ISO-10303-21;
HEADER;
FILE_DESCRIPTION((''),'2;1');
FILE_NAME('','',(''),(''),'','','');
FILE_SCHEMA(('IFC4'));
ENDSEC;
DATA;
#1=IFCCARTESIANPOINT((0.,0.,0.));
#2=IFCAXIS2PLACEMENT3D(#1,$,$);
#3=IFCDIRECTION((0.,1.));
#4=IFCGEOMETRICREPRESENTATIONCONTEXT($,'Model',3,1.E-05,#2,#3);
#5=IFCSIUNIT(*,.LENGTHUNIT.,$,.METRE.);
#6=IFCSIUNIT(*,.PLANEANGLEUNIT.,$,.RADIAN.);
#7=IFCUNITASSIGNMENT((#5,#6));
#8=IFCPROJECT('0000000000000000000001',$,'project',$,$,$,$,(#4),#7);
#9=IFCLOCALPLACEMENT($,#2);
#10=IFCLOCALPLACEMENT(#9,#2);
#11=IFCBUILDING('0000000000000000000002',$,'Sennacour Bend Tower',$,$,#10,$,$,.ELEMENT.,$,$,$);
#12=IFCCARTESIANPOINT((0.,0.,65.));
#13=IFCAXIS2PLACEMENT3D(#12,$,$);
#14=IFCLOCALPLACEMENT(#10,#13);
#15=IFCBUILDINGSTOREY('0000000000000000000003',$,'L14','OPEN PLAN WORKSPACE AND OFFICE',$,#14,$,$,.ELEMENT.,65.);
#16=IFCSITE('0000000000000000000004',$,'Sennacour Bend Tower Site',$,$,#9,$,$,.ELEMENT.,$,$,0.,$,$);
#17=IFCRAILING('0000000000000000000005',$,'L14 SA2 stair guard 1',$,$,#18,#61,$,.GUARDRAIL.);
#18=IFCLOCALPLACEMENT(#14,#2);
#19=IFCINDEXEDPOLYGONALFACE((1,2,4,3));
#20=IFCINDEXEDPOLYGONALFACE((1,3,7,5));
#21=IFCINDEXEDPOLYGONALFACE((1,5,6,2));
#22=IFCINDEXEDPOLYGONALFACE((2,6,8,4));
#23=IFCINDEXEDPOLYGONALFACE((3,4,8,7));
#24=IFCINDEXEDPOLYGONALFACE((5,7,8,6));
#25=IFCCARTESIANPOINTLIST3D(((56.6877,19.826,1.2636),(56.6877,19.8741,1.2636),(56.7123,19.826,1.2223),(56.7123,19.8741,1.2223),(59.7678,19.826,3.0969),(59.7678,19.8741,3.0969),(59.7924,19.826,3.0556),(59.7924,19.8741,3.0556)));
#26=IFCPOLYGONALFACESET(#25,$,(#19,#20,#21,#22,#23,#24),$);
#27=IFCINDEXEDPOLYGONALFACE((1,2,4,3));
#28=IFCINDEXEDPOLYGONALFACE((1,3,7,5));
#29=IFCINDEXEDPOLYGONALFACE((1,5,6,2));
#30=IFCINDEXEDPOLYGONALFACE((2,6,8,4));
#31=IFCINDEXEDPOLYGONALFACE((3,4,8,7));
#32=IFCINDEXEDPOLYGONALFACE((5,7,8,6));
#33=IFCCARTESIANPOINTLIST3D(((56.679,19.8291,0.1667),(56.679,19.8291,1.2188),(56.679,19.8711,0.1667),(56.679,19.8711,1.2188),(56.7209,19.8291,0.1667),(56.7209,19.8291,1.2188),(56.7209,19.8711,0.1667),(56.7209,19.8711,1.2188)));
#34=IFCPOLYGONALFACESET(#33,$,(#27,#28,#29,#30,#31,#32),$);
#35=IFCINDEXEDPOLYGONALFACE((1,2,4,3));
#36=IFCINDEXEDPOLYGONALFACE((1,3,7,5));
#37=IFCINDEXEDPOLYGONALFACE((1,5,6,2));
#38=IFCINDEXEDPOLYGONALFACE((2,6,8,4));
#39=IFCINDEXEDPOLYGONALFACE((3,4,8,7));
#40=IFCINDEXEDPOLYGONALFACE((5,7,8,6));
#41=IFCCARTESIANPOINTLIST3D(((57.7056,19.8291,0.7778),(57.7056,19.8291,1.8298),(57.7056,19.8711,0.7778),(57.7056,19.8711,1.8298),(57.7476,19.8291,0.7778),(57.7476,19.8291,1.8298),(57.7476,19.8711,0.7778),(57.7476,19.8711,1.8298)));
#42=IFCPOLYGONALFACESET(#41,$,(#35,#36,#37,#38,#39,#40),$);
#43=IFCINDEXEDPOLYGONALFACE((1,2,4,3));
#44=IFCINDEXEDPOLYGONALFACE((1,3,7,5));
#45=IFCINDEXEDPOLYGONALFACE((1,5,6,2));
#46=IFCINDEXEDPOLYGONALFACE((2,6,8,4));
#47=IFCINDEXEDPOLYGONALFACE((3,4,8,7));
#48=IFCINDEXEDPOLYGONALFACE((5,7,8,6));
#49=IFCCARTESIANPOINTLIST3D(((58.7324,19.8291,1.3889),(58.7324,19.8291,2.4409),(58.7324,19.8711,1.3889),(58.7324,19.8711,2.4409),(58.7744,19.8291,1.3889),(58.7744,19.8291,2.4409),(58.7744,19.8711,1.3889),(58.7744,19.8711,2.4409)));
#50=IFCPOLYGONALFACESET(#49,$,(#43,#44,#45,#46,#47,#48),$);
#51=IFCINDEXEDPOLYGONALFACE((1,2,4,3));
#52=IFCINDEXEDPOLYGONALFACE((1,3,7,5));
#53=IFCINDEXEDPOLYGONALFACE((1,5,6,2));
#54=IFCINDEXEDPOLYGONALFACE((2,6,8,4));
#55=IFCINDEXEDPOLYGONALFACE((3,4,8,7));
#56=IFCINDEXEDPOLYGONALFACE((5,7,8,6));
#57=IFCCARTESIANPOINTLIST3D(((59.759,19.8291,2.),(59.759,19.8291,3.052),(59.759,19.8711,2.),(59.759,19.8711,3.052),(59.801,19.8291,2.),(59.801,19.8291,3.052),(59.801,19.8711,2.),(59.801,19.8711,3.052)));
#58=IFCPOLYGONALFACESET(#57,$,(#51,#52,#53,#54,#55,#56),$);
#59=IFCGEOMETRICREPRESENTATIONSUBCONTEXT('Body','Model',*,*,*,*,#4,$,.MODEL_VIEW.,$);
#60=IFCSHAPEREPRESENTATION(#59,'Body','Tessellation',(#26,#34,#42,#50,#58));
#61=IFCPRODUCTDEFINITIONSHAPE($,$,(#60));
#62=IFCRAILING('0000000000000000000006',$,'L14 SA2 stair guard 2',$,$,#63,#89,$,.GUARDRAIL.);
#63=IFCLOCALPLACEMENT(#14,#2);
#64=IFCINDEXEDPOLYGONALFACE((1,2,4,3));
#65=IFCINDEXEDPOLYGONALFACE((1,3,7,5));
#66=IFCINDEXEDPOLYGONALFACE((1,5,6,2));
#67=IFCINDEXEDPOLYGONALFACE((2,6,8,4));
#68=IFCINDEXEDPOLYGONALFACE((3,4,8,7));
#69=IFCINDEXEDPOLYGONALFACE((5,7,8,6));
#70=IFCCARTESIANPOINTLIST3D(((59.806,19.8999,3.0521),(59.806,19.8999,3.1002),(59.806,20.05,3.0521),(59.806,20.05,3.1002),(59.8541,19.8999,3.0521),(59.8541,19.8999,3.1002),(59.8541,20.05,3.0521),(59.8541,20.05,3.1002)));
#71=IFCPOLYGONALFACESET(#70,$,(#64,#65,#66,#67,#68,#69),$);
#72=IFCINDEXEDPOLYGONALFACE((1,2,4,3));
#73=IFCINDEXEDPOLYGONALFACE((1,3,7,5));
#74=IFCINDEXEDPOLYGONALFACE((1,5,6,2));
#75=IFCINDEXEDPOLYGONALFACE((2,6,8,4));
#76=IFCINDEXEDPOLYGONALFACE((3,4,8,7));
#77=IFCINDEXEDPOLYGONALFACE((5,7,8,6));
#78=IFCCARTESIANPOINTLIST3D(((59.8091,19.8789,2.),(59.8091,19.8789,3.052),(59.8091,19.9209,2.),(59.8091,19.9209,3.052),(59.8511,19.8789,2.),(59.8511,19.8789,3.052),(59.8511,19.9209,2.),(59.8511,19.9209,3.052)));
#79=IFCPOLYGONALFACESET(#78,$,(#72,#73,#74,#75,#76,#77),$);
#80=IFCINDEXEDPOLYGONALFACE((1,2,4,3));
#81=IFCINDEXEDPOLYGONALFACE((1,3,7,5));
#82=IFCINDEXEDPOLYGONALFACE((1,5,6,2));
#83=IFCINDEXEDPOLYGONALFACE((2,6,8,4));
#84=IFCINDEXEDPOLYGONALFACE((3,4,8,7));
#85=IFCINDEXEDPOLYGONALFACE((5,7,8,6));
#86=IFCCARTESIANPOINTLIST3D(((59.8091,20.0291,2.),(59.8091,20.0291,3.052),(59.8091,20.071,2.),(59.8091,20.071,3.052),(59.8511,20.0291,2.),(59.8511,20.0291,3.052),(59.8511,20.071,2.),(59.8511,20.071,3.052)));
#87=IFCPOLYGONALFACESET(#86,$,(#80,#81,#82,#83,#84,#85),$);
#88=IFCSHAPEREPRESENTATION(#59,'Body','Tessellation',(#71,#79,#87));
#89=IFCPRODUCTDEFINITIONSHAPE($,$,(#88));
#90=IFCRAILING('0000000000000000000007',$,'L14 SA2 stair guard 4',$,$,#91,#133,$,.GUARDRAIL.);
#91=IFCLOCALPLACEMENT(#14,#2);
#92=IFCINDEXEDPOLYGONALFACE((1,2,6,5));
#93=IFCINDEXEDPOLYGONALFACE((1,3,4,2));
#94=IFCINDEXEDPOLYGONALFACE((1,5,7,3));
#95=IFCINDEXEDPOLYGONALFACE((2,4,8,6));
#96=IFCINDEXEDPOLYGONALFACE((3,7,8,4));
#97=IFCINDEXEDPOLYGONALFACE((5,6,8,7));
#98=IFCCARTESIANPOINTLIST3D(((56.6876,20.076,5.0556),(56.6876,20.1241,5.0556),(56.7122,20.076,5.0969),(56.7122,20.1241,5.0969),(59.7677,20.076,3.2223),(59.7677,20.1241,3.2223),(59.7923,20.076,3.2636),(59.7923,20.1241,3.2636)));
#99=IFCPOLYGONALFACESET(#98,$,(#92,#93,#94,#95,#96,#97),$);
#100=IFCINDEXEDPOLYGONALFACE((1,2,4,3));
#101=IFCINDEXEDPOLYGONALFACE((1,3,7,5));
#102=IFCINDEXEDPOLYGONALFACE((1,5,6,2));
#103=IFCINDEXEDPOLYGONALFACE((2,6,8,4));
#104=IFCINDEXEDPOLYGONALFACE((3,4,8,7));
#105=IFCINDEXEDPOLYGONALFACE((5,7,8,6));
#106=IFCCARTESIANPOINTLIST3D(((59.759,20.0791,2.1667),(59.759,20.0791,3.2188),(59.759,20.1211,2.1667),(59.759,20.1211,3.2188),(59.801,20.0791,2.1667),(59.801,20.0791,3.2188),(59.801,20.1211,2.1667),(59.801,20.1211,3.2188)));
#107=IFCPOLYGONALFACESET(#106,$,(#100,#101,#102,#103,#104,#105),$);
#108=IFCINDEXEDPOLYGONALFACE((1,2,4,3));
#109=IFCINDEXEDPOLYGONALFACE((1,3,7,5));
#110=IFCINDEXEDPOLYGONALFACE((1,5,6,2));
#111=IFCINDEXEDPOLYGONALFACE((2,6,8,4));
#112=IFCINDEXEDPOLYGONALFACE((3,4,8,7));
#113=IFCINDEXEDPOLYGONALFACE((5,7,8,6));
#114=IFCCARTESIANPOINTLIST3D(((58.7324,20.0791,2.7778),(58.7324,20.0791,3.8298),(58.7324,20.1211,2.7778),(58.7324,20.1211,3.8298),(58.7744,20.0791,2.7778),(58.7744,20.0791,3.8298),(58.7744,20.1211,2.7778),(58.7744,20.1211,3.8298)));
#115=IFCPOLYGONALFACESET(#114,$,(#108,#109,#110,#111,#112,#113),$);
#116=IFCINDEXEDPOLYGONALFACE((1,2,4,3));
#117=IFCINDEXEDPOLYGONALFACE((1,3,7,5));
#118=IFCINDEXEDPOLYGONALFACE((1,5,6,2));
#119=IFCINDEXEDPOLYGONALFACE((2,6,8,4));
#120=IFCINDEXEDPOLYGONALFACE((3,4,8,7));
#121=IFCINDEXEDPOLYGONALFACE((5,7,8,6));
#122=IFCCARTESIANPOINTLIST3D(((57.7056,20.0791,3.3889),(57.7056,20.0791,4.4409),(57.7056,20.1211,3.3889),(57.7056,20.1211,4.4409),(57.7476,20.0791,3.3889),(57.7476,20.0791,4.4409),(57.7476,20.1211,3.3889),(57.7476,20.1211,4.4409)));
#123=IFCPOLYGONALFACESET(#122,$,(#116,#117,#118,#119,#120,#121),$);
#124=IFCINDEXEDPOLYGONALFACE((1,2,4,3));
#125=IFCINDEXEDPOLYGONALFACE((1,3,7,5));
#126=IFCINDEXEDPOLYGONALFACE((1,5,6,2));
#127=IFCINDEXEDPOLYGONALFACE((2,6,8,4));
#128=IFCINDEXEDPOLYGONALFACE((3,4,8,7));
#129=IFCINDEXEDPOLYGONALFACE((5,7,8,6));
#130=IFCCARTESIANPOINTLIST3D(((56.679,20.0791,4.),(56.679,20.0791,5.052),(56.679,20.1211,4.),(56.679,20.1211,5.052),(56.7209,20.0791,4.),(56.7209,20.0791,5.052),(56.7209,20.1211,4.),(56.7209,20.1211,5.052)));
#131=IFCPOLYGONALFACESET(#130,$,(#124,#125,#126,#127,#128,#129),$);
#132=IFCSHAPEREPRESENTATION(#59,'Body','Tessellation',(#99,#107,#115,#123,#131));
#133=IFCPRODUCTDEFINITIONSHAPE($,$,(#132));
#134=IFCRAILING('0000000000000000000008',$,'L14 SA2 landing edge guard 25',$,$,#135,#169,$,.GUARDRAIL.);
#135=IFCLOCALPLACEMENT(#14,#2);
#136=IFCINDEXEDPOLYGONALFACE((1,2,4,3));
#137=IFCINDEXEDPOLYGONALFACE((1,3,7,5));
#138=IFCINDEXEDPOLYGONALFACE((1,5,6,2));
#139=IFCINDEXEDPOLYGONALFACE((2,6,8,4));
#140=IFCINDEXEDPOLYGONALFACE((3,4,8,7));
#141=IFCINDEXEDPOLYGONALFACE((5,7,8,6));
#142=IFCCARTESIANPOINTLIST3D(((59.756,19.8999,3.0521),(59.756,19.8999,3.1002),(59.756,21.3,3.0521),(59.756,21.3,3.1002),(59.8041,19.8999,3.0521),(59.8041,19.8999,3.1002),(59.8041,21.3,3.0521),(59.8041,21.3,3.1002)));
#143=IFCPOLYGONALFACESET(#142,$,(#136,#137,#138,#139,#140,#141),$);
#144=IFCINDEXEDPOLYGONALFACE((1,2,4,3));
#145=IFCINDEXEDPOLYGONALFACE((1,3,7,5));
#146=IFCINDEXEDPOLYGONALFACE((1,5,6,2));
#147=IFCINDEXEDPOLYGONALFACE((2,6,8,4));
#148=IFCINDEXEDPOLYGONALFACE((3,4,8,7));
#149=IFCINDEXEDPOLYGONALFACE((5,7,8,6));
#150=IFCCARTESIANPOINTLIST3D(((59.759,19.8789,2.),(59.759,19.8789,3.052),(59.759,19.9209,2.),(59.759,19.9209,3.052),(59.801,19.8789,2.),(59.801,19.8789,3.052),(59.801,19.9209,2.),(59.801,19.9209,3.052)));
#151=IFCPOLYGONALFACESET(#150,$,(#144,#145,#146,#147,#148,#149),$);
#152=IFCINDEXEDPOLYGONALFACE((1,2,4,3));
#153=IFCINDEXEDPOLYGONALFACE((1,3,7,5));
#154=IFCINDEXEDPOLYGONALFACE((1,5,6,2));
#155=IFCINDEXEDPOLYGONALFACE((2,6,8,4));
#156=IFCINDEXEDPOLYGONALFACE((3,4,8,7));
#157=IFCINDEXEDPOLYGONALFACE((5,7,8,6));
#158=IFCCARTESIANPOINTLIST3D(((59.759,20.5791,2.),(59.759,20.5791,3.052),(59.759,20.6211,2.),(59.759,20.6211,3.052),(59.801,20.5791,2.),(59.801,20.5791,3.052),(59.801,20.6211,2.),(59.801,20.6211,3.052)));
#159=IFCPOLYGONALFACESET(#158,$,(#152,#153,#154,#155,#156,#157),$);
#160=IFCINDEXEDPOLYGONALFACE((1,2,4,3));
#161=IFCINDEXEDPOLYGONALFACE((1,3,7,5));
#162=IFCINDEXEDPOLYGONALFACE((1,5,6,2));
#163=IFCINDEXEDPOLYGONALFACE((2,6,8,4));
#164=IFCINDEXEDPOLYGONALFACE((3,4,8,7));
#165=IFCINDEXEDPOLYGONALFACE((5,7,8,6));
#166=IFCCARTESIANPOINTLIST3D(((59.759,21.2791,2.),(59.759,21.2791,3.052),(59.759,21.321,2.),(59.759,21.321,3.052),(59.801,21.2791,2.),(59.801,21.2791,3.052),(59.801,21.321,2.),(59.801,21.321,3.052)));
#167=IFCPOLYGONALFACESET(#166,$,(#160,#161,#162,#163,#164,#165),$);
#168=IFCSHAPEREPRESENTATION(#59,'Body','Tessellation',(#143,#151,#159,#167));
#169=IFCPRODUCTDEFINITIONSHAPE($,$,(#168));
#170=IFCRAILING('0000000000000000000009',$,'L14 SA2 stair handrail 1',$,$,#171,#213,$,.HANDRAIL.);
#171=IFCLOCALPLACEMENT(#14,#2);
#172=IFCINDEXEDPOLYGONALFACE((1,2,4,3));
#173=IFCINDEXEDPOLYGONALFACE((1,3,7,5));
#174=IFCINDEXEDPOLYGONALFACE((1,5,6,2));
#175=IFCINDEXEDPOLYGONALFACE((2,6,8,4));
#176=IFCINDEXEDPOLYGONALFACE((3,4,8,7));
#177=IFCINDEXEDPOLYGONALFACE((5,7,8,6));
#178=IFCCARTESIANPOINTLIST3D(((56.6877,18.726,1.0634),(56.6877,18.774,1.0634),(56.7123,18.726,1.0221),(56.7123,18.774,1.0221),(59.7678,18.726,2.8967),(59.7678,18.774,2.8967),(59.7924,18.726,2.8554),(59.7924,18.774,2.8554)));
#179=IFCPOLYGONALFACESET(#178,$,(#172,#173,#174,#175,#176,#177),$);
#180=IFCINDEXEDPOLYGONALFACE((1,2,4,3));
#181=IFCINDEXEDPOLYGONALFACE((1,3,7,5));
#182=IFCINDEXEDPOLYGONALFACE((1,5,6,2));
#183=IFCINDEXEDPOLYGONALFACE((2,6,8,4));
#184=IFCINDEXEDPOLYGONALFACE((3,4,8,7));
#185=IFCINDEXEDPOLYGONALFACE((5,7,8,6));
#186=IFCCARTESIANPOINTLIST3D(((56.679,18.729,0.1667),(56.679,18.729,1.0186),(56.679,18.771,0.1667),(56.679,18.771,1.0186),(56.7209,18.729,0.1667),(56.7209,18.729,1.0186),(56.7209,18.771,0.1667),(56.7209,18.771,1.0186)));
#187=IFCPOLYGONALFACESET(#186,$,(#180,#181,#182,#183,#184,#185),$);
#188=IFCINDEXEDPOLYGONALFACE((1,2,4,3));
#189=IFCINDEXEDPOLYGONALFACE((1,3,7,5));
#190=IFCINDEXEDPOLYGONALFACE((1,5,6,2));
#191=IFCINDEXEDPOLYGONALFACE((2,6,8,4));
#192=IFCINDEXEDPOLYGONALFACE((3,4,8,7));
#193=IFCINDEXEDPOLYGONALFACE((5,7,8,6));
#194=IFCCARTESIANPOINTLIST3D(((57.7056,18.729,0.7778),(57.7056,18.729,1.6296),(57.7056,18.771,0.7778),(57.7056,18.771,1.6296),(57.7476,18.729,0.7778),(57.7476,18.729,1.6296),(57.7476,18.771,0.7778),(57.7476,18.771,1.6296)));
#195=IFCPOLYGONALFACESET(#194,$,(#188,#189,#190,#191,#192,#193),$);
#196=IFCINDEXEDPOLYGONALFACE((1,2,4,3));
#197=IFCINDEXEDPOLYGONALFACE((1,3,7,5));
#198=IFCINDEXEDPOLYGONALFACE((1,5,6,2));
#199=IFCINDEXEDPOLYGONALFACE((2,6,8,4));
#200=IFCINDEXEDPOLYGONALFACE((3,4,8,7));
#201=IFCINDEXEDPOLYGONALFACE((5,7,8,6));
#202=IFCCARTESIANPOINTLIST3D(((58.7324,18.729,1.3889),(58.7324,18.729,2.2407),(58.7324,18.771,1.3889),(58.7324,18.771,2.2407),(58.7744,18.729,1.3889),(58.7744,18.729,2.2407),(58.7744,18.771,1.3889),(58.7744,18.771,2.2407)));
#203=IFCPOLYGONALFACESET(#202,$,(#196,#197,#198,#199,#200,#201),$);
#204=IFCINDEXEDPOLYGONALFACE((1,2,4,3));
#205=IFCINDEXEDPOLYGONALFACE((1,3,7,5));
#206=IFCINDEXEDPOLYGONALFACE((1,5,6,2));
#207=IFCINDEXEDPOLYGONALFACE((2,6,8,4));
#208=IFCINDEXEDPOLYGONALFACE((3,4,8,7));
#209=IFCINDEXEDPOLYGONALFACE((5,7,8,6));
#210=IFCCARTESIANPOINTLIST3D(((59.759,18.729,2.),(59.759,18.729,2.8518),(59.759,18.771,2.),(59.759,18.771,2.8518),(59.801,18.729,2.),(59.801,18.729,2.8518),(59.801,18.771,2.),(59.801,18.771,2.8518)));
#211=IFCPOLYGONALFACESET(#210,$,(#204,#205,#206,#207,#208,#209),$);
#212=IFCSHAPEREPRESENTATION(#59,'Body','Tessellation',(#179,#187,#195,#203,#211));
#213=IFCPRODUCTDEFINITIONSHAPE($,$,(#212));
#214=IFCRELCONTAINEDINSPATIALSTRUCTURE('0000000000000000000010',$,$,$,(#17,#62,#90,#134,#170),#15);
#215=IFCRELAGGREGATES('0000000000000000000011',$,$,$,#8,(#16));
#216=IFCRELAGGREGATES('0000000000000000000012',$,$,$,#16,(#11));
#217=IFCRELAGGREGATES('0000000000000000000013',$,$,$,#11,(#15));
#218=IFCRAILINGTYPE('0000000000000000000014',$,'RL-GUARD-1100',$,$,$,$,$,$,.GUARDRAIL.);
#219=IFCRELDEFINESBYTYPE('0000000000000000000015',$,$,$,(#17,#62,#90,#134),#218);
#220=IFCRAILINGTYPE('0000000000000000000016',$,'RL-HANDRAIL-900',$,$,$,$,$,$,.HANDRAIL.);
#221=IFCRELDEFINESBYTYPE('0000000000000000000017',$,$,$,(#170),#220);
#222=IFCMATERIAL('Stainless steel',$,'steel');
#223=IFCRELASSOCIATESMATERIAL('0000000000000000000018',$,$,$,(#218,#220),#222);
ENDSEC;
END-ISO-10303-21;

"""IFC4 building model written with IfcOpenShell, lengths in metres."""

from ifc_helpers import new_model, si_unit, direction, frame, origin, origin_2d, place, context, subcontext, project, spatial, rectangle, extrude, material, type_object, element, save


model = new_model("IFC4")

# Units and contexts
model_context = context("Model", 3, precision=1e-05, world=origin(), true_north=direction((0.0, 1.0)))
body_context = subcontext(model_context, "Body", "Model", "MODEL_VIEW")
ifc_project = project(units=[si_unit("LENGTHUNIT", "METRE"), si_unit("PLANEANGLEUNIT", "RADIAN")], contexts=[model_context])

# Site, building, storey
site_placement = place(None, origin())
site = spatial("IfcSite", under=ifc_project, at=site_placement, Name="Sennacour Bend Tower Site", CompositionType="ELEMENT", RefElevation=0.0)
building_placement = place(site_placement, origin())
building = spatial("IfcBuilding", under=site, at=building_placement, Name="Sennacour Bend Tower", CompositionType="ELEMENT")
storey_placement = place(building_placement, frame((0.0, 0.0, 65.0)))
storey = spatial("IfcBuildingStorey", under=building, at=storey_placement, Name="L14", Description="OPEN PLAN WORKSPACE AND OFFICE", CompositionType="ELEMENT", Elevation=65.0)

# Shared definitions
ifc_material_1 = material(Name="Stainless steel", Category="steel")

# Railings
railing_type_1 = type_object("IfcRailingType", Name="RL-GUARD-1100", PredefinedType="GUARDRAIL", material=ifc_material_1)
railing_1_placement = place(storey_placement, frame((56.7, 19.8501, 0.1667)))
element("IfcRailing", 1, at=railing_1_placement, inside=storey, type_object=railing_type_1, Name="L14 SA2 stair guard 1", PredefinedType="GUARDRAIL", context=body_context, shape_type="SweptSolid", body=[
    extrude(rectangle(XDim=0.0481, YDim=0.0481, at=origin_2d()), frame((0.0, 0.0, 1.0762), z_axis=(0.859309, 0.0, 0.511458), x_axis=(0.0, 1.0, 0.0)), (0.0, 0.0, 1.0), 3.5845),
    extrude(rectangle(XDim=0.042, YDim=0.042, at=origin_2d()), origin(), (0.0, 0.0, 1.0), 1.052),
    extrude(rectangle(XDim=0.042, YDim=0.042, at=origin_2d()), frame((1.0266, 0.0, 0.6111)), (0.0, 0.0, 1.0), 1.052),
    extrude(rectangle(XDim=0.042, YDim=0.042, at=origin_2d()), frame((2.0535, 0.0, 1.2222)), (0.0, 0.0, 1.0), 1.052),
    extrude(rectangle(XDim=0.042, YDim=0.042, at=origin_2d()), frame((3.0801, 0.0, 1.8333)), (0.0, 0.0, 1.0), 1.052),
])
railing_2_placement = place(storey_placement, frame((59.8301, 19.8999, 2.0)))
element("IfcRailing", 2, at=railing_2_placement, inside=storey, type_object=railing_type_1, Name="L14 SA2 stair guard 2", PredefinedType="GUARDRAIL", context=body_context, shape_type="SweptSolid", body=[
    extrude(rectangle(XDim=0.0481, YDim=0.0481, at=origin_2d()), frame((0.0, 0.0, 1.0762), z_axis=(0.0, 1.0, 0.0), x_axis=(-1.0, 0.0, 0.0)), (0.0, 0.0, 1.0), 0.1501),
    extrude(rectangle(XDim=0.042, YDim=0.042, at=origin_2d()), origin(), (0.0, 0.0, 1.0), 1.052),
    extrude(rectangle(XDim=0.042, YDim=0.042, at=origin_2d()), frame((0.0, 0.1501, 0.0)), (0.0, 0.0, 1.0), 1.052),
])
railing_3_placement = place(storey_placement, frame((59.78, 20.1001, 2.1667)))
element("IfcRailing", 3, at=railing_3_placement, inside=storey, type_object=railing_type_1, Name="L14 SA2 stair guard 4", PredefinedType="GUARDRAIL", context=body_context, shape_type="SweptSolid", body=[
    extrude(rectangle(XDim=0.0481, YDim=0.0481, at=origin_2d()), frame((0.0, 0.0, 1.0762), z_axis=(-0.859309, 0.0, 0.511458), x_axis=(0.0, -1.0, 0.0)), (0.0, 0.0, 1.0), 3.5845),
    extrude(rectangle(XDim=0.042, YDim=0.042, at=origin_2d()), origin(), (0.0, 0.0, 1.0), 1.052),
    extrude(rectangle(XDim=0.042, YDim=0.042, at=origin_2d()), frame((-1.0266, 0.0, 0.6111)), (0.0, 0.0, 1.0), 1.052),
    extrude(rectangle(XDim=0.042, YDim=0.042, at=origin_2d()), frame((-2.0535, 0.0, 1.2222)), (0.0, 0.0, 1.0), 1.052),
    extrude(rectangle(XDim=0.042, YDim=0.042, at=origin_2d()), frame((-3.0801, 0.0, 1.8333)), (0.0, 0.0, 1.0), 1.052),
])
railing_4_placement = place(storey_placement, frame((59.78, 19.8999, 2.0)))
element("IfcRailing", 4, at=railing_4_placement, inside=storey, type_object=railing_type_1, Name="L14 SA2 landing edge guard 25", PredefinedType="GUARDRAIL", context=body_context, shape_type="SweptSolid", body=[
    extrude(rectangle(XDim=0.0481, YDim=0.0481, at=origin_2d()), frame((0.0, 0.0, 1.0762), z_axis=(0.0, 1.0, 0.0), x_axis=(-1.0, 0.0, 0.0)), (0.0, 0.0, 1.0), 1.4001),
    extrude(rectangle(XDim=0.042, YDim=0.042, at=origin_2d()), origin(), (0.0, 0.0, 1.0), 1.052),
    extrude(rectangle(XDim=0.042, YDim=0.042, at=origin_2d()), frame((0.0, 0.7002, 0.0)), (0.0, 0.0, 1.0), 1.052),
    extrude(rectangle(XDim=0.042, YDim=0.042, at=origin_2d()), frame((0.0, 1.4001, 0.0)), (0.0, 0.0, 1.0), 1.052),
])
railing_type_2 = type_object("IfcRailingType", Name="RL-HANDRAIL-900", PredefinedType="HANDRAIL", material=ifc_material_1)
railing_5_placement = place(storey_placement, frame((56.7, 18.75, 0.1667)))
element("IfcRailing", 5, at=railing_5_placement, inside=storey, type_object=railing_type_2, Name="L14 SA2 stair handrail 1", PredefinedType="HANDRAIL", context=body_context, shape_type="SweptSolid", body=[
    extrude(rectangle(XDim=0.0481, YDim=0.0481, at=origin_2d()), frame((0.0, 0.0, 0.876), z_axis=(0.859309, 0.0, 0.511458), x_axis=(0.0, 1.0, 0.0)), (0.0, 0.0, 1.0), 3.5845),
    extrude(rectangle(XDim=0.042, YDim=0.042, at=origin_2d()), origin(), (0.0, 0.0, 1.0), 0.8518),
    extrude(rectangle(XDim=0.042, YDim=0.042, at=origin_2d()), frame((1.0266, 0.0, 0.6111)), (0.0, 0.0, 1.0), 0.8518),
    extrude(rectangle(XDim=0.042, YDim=0.042, at=origin_2d()), frame((2.0535, 0.0, 1.2222)), (0.0, 0.0, 1.0), 0.8518),
    extrude(rectangle(XDim=0.042, YDim=0.042, at=origin_2d()), frame((3.0801, 0.0, 1.8333)), (0.0, 0.0, 1.0), 0.8518),
])

save(model, "model.ifc")
